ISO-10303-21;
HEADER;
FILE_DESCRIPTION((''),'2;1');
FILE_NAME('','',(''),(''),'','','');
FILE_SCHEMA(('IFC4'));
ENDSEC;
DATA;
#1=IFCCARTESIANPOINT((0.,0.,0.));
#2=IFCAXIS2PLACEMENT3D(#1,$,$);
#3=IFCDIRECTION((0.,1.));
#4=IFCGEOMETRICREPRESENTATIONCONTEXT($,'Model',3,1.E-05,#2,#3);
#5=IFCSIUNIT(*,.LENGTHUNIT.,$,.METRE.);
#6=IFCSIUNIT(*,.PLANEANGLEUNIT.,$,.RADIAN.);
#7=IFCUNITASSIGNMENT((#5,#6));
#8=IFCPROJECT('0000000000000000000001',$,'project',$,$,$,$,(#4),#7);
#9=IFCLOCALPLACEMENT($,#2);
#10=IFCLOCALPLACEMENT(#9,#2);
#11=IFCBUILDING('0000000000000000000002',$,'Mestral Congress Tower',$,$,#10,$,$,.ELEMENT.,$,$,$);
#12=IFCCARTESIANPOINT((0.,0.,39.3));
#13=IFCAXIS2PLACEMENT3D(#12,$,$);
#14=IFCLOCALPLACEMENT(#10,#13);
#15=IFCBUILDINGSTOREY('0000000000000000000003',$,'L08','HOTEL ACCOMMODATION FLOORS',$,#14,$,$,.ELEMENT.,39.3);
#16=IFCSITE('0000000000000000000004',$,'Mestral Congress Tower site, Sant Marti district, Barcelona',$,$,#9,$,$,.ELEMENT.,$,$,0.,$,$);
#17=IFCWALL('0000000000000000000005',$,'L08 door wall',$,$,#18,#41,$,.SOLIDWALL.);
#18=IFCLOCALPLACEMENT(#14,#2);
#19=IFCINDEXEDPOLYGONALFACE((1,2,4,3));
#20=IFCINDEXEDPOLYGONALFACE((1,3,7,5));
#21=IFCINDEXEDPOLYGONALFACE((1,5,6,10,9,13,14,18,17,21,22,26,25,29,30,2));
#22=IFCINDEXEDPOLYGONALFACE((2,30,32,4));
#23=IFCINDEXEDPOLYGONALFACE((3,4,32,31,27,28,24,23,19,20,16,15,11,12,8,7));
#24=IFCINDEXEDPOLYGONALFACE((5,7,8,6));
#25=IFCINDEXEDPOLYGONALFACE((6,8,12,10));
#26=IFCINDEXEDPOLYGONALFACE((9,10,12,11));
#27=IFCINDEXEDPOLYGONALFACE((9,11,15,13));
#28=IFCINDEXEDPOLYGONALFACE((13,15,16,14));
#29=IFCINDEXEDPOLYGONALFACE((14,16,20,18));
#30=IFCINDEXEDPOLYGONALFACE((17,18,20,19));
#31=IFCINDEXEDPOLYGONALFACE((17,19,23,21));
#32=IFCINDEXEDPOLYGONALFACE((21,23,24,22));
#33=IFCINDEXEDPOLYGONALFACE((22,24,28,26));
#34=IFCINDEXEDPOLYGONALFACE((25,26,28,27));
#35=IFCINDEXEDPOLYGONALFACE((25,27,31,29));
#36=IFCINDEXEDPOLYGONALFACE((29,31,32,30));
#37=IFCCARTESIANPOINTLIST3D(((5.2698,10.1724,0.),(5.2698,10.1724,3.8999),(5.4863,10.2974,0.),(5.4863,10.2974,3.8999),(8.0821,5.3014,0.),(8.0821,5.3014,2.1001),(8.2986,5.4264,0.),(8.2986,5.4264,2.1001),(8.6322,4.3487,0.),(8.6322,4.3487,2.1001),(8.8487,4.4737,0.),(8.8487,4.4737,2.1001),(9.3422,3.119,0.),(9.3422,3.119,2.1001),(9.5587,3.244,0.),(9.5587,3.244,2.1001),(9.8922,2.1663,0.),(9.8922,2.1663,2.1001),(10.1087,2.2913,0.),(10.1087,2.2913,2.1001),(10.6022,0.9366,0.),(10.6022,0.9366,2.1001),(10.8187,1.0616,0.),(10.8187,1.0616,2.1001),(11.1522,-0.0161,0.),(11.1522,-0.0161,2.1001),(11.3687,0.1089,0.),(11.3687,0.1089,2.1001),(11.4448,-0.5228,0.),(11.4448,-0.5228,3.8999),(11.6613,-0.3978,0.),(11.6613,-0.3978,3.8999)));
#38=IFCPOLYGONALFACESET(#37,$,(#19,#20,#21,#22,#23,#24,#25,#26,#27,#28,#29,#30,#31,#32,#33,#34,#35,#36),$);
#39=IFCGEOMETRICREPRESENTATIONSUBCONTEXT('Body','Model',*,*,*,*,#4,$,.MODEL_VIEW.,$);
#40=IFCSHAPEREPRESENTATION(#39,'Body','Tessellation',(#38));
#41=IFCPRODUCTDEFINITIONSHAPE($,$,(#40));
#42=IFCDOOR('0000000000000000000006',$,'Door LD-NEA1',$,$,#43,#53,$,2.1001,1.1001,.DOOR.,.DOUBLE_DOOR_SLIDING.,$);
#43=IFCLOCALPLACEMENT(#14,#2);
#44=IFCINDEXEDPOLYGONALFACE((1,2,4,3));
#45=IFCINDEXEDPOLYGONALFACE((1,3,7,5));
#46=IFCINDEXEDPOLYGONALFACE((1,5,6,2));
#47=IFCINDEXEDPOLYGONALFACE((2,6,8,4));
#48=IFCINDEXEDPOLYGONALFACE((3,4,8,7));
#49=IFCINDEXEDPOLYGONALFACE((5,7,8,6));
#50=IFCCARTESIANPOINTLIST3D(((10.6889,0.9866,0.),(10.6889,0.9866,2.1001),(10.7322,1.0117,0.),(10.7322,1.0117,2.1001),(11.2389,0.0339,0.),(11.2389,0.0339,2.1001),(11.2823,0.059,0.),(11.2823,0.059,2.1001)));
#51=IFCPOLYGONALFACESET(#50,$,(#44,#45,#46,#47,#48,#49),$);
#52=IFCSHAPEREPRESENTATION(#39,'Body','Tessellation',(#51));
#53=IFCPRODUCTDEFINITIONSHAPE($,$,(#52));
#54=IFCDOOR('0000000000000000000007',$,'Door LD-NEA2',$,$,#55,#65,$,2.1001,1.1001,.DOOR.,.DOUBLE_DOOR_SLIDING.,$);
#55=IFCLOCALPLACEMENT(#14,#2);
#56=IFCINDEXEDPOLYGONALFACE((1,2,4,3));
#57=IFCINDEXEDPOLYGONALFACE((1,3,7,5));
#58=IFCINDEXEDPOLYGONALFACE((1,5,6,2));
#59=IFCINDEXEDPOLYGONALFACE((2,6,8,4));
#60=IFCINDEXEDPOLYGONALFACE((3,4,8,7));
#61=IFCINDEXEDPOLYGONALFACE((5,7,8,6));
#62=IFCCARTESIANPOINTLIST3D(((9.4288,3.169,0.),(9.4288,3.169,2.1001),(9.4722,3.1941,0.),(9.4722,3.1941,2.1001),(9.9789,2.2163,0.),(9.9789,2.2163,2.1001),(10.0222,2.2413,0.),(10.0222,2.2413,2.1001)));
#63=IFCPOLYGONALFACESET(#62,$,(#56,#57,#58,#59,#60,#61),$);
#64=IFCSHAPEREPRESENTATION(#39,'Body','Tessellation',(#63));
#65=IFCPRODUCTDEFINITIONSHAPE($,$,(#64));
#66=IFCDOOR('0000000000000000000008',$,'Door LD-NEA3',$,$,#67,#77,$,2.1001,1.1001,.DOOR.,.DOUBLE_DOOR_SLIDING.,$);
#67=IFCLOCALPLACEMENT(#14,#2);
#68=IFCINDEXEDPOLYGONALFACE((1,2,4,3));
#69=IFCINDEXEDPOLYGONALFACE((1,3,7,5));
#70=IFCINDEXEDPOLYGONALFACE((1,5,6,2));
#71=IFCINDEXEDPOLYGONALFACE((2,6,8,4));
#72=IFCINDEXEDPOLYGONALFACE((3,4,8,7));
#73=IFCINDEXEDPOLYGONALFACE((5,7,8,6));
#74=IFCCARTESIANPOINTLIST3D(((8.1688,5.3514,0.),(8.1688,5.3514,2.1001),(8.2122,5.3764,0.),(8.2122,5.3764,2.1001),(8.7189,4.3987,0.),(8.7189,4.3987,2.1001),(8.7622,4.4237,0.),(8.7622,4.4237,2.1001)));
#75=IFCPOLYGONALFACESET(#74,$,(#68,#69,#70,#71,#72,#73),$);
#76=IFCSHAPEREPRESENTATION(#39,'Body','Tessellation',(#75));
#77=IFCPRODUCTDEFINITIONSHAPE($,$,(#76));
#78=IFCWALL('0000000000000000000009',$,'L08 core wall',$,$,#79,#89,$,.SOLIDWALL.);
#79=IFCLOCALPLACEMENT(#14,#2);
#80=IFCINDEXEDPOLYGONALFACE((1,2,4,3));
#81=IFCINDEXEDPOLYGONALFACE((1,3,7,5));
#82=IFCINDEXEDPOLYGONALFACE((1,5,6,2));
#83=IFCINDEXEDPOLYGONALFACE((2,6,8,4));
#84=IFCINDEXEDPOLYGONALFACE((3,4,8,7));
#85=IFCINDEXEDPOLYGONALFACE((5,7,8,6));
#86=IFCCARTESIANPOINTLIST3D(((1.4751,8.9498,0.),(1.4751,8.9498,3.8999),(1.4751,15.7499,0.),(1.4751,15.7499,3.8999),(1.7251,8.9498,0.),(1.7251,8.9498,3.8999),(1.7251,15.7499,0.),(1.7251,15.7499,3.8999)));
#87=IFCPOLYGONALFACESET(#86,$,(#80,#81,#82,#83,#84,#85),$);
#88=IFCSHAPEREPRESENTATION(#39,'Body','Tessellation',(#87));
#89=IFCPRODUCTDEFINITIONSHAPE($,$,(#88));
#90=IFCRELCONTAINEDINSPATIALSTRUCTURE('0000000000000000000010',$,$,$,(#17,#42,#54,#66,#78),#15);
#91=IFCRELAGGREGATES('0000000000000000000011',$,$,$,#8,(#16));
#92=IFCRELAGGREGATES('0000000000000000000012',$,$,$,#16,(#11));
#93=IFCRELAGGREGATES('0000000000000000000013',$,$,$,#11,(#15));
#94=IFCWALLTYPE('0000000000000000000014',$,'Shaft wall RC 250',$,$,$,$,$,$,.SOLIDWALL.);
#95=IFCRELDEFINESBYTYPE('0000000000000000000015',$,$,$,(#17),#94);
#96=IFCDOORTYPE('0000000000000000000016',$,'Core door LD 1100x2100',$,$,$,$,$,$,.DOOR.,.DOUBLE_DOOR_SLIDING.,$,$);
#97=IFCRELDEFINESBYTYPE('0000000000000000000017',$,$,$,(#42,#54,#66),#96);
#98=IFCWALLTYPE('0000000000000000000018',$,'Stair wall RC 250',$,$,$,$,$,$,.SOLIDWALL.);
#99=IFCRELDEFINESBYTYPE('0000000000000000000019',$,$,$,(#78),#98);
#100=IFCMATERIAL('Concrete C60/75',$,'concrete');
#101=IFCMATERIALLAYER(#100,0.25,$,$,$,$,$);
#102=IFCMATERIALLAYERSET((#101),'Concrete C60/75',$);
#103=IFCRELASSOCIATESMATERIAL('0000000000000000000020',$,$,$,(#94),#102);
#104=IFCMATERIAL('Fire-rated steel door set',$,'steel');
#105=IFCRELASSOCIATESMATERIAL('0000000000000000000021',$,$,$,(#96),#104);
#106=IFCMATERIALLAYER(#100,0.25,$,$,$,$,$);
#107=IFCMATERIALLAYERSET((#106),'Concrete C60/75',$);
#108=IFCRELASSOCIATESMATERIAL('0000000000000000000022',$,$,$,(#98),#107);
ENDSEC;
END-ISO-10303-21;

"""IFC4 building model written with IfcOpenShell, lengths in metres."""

from ifc_helpers import new_model, si_unit, direction, frame, frame_2d, origin, place, context, subcontext, project, spatial, rectangle, extrude, material, layer, layer_set, type_object, element, fill, save


model = new_model("IFC4")

# Units and contexts
model_context = context("Model", 3, precision=1e-05, world=origin(), true_north=direction((0.0, 1.0)))
body_context = subcontext(model_context, "Body", "Model", "MODEL_VIEW")
ifc_project = project(units=[si_unit("LENGTHUNIT", "METRE"), si_unit("PLANEANGLEUNIT", "RADIAN")], contexts=[model_context])

# Site, building, storey
site_placement = place(None, origin())
site = spatial("IfcSite", under=ifc_project, at=site_placement, Name="Mestral Congress Tower site, Sant Marti district, Barcelona", CompositionType="ELEMENT", RefElevation=0.0)
building_placement = place(site_placement, origin())
building = spatial("IfcBuilding", under=site, at=building_placement, Name="Mestral Congress Tower", CompositionType="ELEMENT")
storey_placement = place(building_placement, frame((0.0, 0.0, 39.3)))
storey = spatial("IfcBuildingStorey", under=building, at=storey_placement, Name="L08", Description="HOTEL ACCOMMODATION FLOORS", CompositionType="ELEMENT", Elevation=39.3)

# Shared definitions
ifc_material_1 = material(Name="Fire-rated steel door set", Category="steel")

# Shared definitions
ifc_material_2 = material(Name="Concrete C60/75", Category="concrete")
ifc_layer_1 = layer(ifc_material_2, 0.25)
ifc_layer_set_1 = layer_set([ifc_layer_1], Name="Concrete C60/75")
wall_type_1 = type_object("IfcWallType", Name="Shaft wall RC 250", PredefinedType="SOLIDWALL", material=ifc_layer_set_1)

# Wall, openings, doors
wall_1_placement = place(storey_placement, frame((11.553, -0.4602, 0.0), z_axis=(0.0, 0.0, 1.0), x_axis=(-0.500007, 0.866022, 0.0)))
wall_1 = element("IfcWall", 1, at=wall_1_placement, inside=storey, type_object=wall_type_1, Name="L08 door wall", PredefinedType="SOLIDWALL", context=body_context, shape_type="SweptSolid", body=[
    extrude(rectangle(XDim=12.3499, YDim=0.25, at=frame_2d((6.1748, 0.0))), origin(), (0.0, 0.0, 1.0), 3.8999),
])
opening_1_placement = place(wall_1_placement, frame((0.585, 0.0, 0.0)))
opening_1 = element("IfcOpeningElement", 2, at=opening_1_placement, cuts=wall_1, PredefinedType="OPENING", context=body_context, shape_type="SweptSolid", body=[
    extrude(rectangle(XDim=1.1001, YDim=2.1001, at=frame_2d((0.55, 1.05))), frame((0.0, 0.135, 0.0), z_axis=(0.0, -1.0, 0.0), x_axis=(1.0, 0.0, 0.0)), (0.0, 0.0, 1.0), 0.27),
])
opening_2_placement = place(wall_1_placement, frame((3.105, 0.0, 0.0)))
opening_2 = element("IfcOpeningElement", 3, at=opening_2_placement, cuts=wall_1, PredefinedType="OPENING", context=body_context, shape_type="SweptSolid", body=[
    extrude(rectangle(XDim=1.1001, YDim=2.1001, at=frame_2d((0.55, 1.05))), frame((0.0, 0.135, 0.0), z_axis=(0.0, -1.0, 0.0), x_axis=(1.0, 0.0, 0.0)), (0.0, 0.0, 1.0), 0.27),
])
opening_3_placement = place(wall_1_placement, frame((5.625, 0.0, 0.0)))
opening_3 = element("IfcOpeningElement", 4, at=opening_3_placement, cuts=wall_1, PredefinedType="OPENING", context=body_context, shape_type="SweptSolid", body=[
    extrude(rectangle(XDim=1.1001, YDim=2.1001, at=frame_2d((0.55, 1.05))), frame((0.0, 0.135, 0.0), z_axis=(0.0, -1.0, 0.0), x_axis=(1.0, 0.0, 0.0)), (0.0, 0.0, 1.0), 0.27),
])
door_type_1 = type_object("IfcDoorType", Name="Core door LD 1100x2100", OperationType="DOUBLE_DOOR_SLIDING", PredefinedType="DOOR", material=ifc_material_1)
door_1_placement = place(opening_1_placement, origin())
door_1 = element("IfcDoor", 5, at=door_1_placement, inside=storey, type_object=door_type_1, Name="Door LD-NEA1", OperationType="DOUBLE_DOOR_SLIDING", OverallHeight=2.1001, OverallWidth=1.1001, PredefinedType="DOOR", context=body_context, shape_type="SweptSolid", body=[
    extrude(rectangle(XDim=1.1001, YDim=2.1001, at=frame_2d((0.55, 1.05))), frame((0.0, 0.0249, 0.0), z_axis=(0.0, -1.0, 0.0), x_axis=(1.0, 0.0, 0.0)), (0.0, 0.0, 1.0), 0.05),
])
fill(opening_1, door_1)
door_2_placement = place(opening_2_placement, origin())
door_2 = element("IfcDoor", 6, at=door_2_placement, inside=storey, type_object=door_type_1, Name="Door LD-NEA2", OperationType="DOUBLE_DOOR_SLIDING", OverallHeight=2.1001, OverallWidth=1.1001, PredefinedType="DOOR", context=body_context, shape_type="SweptSolid", body=[
    extrude(rectangle(XDim=1.1001, YDim=2.1001, at=frame_2d((0.55, 1.05))), frame((0.0, 0.0249, 0.0), z_axis=(0.0, -1.0, 0.0), x_axis=(1.0, 0.0, 0.0)), (0.0, 0.0, 1.0), 0.05),
])
fill(opening_2, door_2)
door_3_placement = place(opening_3_placement, origin())
door_3 = element("IfcDoor", 7, at=door_3_placement, inside=storey, type_object=door_type_1, Name="Door LD-NEA3", OperationType="DOUBLE_DOOR_SLIDING", OverallHeight=2.1001, OverallWidth=1.1001, PredefinedType="DOOR", context=body_context, shape_type="SweptSolid", body=[
    extrude(rectangle(XDim=1.1001, YDim=2.1001, at=frame_2d((0.55, 1.05))), frame((0.0, 0.0249, 0.0), z_axis=(0.0, -1.0, 0.0), x_axis=(1.0, 0.0, 0.0)), (0.0, 0.0, 1.0), 0.05),
])
fill(opening_3, door_3)

# Wall
ifc_layer_2 = layer(ifc_material_2, 0.25)
ifc_layer_set_2 = layer_set([ifc_layer_2], Name="Concrete C60/75")
wall_type_2 = type_object("IfcWallType", Name="Stair wall RC 250", PredefinedType="SOLIDWALL", material=ifc_layer_set_2)
wall_2_placement = place(storey_placement, frame((1.6001, 8.95, 0.0), z_axis=(0.0, 0.0, 1.0), x_axis=(0.0, 1.0, 0.0)))
element("IfcWall", 8, at=wall_2_placement, inside=storey, type_object=wall_type_2, Name="L08 core wall", PredefinedType="SOLIDWALL", context=body_context, shape_type="SweptSolid", body=[
    extrude(rectangle(XDim=6.8, YDim=0.25, at=frame_2d((3.3999, 0.0))), origin(), (0.0, 0.0, 1.0), 3.8999),
])

save(model, "model.ifc")
